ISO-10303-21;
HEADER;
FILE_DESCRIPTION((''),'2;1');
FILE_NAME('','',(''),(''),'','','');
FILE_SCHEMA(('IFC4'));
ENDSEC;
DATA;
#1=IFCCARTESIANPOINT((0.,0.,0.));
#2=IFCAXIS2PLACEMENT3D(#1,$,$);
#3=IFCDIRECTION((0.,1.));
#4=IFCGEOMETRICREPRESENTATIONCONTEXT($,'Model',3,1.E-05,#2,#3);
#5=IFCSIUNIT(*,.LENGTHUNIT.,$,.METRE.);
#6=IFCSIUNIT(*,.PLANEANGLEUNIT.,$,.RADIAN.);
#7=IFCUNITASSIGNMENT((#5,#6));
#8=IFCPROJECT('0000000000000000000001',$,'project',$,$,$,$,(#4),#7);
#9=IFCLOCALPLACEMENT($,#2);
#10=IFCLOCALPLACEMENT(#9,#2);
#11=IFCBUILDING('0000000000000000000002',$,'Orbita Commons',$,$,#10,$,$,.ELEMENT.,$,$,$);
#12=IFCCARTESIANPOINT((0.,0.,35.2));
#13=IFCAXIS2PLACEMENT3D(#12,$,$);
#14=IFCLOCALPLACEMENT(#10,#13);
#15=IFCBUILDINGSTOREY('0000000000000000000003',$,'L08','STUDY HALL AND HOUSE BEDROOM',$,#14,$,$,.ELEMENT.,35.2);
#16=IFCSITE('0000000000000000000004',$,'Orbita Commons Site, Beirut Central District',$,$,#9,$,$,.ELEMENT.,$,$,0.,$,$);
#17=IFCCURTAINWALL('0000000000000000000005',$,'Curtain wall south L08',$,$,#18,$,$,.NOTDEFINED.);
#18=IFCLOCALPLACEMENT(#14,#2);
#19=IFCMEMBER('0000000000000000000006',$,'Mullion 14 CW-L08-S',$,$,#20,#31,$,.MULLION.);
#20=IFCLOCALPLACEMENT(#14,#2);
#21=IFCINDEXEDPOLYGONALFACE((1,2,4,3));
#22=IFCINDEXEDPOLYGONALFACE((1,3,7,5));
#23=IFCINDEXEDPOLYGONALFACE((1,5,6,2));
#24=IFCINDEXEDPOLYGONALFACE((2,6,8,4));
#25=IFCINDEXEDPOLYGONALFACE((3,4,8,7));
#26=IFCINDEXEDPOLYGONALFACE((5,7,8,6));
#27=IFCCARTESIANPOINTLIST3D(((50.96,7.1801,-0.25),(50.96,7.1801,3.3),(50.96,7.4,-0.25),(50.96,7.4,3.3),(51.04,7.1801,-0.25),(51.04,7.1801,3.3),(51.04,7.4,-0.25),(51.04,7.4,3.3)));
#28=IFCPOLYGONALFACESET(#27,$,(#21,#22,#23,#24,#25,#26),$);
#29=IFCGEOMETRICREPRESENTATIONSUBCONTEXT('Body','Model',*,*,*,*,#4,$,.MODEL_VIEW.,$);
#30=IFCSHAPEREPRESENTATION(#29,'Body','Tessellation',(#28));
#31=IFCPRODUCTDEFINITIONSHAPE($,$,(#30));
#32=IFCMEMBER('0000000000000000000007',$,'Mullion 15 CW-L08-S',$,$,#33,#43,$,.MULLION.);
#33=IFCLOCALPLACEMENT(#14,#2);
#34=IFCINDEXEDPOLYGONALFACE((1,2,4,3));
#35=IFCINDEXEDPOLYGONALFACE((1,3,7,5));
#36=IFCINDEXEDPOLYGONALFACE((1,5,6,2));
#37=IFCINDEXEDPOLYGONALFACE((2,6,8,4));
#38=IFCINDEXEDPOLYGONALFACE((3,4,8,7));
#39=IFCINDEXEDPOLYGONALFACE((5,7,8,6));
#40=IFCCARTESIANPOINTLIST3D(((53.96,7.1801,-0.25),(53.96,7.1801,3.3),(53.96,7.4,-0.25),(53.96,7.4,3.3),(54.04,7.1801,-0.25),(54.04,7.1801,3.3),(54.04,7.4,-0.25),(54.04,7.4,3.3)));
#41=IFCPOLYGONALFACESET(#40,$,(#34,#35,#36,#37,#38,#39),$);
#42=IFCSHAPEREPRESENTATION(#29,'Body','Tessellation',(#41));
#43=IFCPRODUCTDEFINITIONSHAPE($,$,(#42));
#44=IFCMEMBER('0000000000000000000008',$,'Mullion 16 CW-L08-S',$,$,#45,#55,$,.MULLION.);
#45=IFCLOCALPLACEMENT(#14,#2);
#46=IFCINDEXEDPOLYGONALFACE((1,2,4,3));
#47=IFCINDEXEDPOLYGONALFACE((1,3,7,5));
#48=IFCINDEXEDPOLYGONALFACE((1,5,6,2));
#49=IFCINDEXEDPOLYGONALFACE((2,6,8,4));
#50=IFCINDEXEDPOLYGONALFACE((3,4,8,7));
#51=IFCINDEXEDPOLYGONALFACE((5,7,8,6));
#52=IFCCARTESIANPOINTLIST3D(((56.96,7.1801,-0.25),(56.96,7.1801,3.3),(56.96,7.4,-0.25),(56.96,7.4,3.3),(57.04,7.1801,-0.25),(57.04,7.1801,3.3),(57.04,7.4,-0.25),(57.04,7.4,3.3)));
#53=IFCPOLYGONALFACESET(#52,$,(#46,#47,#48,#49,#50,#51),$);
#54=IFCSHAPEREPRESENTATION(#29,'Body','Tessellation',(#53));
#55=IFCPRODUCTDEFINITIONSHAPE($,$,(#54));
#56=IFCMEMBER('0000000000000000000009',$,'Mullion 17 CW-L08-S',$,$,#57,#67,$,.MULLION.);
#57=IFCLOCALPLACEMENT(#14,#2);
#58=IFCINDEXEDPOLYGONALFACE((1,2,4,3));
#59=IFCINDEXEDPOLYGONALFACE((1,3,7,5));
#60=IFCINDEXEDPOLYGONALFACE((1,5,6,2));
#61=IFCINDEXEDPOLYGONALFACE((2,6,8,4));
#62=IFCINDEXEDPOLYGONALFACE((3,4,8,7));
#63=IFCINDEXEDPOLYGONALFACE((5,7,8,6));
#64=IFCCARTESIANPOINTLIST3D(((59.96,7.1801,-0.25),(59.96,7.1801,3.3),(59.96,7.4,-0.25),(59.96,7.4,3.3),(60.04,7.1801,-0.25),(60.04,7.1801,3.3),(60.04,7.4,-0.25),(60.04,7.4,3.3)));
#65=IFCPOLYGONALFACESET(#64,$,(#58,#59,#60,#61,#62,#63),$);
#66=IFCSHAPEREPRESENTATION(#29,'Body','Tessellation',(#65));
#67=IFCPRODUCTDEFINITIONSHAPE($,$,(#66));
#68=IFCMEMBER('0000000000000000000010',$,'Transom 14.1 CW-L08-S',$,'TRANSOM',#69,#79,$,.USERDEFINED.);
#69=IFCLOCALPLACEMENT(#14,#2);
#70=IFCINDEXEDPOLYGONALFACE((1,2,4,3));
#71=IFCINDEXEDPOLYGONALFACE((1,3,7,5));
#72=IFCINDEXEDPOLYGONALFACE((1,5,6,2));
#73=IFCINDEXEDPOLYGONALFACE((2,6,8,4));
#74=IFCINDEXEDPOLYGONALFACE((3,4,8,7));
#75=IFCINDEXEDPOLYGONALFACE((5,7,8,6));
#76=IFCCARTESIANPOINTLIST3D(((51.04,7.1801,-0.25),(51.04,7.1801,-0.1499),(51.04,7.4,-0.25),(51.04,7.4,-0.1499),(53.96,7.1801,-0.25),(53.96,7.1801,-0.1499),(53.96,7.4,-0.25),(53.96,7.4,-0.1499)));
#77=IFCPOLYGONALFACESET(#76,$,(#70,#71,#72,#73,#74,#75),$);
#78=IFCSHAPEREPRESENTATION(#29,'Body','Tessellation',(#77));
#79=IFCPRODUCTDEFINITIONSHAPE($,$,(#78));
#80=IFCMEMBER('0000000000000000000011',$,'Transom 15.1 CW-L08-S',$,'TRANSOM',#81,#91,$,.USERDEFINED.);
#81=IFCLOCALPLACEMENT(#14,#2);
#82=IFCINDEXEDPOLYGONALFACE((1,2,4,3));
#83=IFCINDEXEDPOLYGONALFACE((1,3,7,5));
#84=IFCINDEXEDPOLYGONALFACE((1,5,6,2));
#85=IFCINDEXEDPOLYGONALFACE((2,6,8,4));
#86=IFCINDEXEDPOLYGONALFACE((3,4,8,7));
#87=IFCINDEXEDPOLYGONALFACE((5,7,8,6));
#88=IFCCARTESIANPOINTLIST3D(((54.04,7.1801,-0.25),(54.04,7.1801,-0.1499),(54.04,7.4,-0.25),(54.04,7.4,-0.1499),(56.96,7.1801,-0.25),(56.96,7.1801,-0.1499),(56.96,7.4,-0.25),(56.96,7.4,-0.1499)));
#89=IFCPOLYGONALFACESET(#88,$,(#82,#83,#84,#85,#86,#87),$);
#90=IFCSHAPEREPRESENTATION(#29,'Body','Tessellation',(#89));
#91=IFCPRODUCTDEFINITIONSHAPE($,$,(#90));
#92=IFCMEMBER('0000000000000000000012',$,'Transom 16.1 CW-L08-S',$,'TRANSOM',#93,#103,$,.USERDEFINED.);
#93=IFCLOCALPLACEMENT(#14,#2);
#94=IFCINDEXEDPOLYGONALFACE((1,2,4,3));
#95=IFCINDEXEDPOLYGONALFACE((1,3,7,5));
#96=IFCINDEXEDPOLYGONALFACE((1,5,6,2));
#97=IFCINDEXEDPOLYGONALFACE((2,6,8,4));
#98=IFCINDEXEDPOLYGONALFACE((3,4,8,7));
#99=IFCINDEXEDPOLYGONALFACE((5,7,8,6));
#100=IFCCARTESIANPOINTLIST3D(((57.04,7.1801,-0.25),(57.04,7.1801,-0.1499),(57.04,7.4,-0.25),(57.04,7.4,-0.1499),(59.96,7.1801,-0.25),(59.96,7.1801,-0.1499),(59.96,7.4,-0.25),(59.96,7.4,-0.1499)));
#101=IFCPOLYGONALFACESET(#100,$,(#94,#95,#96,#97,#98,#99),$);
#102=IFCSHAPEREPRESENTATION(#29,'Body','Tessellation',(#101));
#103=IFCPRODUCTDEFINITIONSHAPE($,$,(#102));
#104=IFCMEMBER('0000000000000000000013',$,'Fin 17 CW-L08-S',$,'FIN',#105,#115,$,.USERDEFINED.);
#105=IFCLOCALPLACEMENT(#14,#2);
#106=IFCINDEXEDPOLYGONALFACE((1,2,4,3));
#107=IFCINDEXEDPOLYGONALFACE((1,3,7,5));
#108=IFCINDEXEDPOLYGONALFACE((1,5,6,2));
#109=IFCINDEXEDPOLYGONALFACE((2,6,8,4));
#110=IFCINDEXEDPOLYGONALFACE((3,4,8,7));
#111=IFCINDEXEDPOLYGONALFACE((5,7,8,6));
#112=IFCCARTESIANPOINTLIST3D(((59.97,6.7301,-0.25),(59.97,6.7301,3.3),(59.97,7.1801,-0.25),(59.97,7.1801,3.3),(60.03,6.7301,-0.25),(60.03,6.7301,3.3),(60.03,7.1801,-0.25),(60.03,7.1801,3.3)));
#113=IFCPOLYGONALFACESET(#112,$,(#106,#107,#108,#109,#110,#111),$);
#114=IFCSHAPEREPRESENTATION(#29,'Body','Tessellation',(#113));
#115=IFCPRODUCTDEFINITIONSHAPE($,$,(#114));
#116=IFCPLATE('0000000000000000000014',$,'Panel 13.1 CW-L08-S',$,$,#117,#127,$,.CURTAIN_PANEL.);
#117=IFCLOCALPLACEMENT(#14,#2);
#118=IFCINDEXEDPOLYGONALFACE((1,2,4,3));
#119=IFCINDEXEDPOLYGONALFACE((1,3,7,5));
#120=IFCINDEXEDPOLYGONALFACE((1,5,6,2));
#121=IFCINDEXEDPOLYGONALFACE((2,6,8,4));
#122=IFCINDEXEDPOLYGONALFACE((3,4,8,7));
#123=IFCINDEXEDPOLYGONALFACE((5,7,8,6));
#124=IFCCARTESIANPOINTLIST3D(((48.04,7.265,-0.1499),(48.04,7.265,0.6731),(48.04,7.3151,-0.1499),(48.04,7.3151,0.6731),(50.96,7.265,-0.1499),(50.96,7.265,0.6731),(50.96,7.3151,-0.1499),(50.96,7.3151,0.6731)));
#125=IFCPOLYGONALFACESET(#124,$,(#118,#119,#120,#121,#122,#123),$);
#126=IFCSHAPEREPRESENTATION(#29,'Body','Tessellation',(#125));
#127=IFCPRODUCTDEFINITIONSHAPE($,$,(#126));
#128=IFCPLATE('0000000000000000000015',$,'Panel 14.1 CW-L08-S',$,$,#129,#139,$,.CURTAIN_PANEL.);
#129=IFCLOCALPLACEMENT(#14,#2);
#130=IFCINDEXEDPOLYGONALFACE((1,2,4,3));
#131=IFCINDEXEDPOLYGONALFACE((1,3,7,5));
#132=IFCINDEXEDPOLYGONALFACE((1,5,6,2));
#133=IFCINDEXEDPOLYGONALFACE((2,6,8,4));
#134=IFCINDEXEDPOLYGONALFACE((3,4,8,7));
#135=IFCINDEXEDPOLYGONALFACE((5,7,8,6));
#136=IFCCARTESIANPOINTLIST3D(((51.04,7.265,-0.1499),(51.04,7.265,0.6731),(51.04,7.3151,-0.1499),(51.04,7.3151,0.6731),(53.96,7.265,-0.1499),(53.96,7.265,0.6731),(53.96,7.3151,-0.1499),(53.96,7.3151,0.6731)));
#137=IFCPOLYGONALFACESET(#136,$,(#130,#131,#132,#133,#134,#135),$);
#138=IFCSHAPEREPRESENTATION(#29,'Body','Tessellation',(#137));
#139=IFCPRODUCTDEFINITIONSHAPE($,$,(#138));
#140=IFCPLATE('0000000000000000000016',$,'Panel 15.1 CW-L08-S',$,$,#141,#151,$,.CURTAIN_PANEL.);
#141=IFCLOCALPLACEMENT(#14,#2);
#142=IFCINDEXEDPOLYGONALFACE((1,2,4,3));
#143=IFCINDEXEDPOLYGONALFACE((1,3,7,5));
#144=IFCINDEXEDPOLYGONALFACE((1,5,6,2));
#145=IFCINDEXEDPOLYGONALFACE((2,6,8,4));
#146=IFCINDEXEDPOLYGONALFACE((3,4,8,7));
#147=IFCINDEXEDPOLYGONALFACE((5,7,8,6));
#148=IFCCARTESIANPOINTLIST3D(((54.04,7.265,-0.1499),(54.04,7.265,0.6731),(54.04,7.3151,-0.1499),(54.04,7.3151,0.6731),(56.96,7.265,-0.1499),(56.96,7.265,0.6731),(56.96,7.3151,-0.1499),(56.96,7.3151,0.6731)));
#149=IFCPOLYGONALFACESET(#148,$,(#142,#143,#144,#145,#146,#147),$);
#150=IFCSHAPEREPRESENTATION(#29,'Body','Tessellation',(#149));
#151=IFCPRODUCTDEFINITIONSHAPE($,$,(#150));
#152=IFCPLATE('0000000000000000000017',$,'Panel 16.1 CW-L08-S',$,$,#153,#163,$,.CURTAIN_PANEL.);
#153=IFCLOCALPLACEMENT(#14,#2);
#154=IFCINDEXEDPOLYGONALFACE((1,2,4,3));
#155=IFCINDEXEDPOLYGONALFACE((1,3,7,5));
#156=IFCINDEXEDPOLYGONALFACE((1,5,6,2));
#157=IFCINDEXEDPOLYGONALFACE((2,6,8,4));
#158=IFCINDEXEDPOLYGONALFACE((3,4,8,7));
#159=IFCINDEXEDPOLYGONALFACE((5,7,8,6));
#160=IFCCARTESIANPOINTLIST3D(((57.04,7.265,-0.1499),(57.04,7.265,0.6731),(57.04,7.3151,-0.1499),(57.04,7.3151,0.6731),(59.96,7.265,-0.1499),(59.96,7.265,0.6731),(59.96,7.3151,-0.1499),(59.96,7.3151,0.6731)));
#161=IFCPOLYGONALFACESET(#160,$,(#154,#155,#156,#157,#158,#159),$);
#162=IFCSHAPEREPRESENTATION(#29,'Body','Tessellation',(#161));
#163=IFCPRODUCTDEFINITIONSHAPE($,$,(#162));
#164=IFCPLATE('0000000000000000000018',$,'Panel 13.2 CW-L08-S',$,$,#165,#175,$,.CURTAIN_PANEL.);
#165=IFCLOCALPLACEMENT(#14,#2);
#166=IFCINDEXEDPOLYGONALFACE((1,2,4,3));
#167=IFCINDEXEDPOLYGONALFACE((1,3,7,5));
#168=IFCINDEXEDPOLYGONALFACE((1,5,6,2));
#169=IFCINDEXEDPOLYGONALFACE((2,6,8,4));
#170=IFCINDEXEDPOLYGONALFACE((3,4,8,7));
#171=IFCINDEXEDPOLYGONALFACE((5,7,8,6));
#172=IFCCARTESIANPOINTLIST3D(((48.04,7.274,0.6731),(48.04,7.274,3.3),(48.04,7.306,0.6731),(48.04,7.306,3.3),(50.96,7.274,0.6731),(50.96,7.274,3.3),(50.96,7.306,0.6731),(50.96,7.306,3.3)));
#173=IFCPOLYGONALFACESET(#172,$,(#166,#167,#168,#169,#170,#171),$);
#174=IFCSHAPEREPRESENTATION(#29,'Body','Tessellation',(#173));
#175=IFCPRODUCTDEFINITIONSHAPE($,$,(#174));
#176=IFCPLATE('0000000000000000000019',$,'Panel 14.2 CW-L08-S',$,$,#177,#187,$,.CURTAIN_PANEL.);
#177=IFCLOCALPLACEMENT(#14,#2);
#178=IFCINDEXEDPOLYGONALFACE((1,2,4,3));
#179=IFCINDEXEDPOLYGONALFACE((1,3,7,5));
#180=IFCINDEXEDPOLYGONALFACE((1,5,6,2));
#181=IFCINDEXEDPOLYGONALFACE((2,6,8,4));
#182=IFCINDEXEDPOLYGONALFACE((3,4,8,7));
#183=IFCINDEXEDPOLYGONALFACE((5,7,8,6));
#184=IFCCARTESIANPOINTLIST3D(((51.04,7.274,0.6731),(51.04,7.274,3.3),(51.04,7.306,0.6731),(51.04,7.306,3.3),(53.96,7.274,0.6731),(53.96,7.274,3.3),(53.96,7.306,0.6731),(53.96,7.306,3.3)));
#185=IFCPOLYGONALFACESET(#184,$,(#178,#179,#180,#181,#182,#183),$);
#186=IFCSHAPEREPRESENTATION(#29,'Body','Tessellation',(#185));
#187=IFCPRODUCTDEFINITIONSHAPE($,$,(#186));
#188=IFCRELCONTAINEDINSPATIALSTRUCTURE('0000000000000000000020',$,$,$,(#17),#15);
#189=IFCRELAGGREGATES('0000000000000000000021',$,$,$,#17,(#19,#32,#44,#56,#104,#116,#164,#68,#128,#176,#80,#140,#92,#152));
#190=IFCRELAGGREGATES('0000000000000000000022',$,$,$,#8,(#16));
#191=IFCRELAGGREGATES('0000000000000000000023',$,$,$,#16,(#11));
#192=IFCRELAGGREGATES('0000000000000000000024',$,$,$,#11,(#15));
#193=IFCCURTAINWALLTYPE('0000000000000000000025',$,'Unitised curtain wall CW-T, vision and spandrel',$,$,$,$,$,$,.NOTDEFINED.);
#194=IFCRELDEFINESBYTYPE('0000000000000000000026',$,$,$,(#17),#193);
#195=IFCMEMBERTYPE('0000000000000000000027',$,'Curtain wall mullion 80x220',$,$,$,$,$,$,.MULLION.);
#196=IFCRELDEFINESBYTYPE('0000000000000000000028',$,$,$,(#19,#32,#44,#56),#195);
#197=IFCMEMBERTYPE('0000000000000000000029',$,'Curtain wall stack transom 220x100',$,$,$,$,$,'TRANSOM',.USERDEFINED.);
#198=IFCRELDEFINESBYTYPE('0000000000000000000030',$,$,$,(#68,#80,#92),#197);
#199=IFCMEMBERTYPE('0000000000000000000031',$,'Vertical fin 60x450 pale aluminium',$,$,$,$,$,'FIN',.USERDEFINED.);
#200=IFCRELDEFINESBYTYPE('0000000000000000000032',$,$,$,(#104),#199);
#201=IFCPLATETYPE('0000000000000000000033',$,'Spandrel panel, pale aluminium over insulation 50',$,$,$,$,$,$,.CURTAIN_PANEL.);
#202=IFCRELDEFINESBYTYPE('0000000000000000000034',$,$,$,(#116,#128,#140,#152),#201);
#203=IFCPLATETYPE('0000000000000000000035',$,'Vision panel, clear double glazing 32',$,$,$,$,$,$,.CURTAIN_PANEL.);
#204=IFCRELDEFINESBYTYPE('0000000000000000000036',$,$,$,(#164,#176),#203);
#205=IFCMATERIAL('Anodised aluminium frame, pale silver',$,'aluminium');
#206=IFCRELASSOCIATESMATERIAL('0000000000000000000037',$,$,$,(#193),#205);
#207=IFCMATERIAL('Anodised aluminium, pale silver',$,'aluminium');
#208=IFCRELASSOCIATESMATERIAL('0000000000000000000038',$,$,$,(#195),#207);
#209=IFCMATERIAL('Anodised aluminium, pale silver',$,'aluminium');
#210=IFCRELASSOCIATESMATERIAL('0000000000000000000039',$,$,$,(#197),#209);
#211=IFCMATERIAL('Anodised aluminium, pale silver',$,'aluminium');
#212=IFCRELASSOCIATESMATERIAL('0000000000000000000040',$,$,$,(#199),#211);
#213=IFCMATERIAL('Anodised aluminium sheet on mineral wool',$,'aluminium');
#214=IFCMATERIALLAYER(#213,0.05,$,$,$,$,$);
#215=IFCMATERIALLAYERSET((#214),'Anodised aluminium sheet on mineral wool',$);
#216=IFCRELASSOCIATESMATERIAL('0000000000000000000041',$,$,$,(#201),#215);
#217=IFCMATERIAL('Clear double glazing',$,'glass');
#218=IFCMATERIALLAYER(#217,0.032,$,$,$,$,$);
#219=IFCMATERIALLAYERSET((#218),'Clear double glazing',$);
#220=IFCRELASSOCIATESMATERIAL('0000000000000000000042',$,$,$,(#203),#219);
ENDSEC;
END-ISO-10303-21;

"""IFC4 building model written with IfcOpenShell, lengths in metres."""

from ifc_helpers import new_model, si_unit, direction, frame, origin, origin_2d, place, context, subcontext, project, spatial, rectangle, extrude, material, layer, layer_set, material_profile, profile_set, type_object, element, aggregate, save


model = new_model("IFC4")

# Units and contexts
model_context = context("Model", 3, precision=1e-05, world=origin(), true_north=direction((0.0, 1.0)))
body_context = subcontext(model_context, "Body", "Model", "MODEL_VIEW")
ifc_project = project(units=[si_unit("LENGTHUNIT", "METRE"), si_unit("PLANEANGLEUNIT", "RADIAN")], contexts=[model_context])

# Site, building, storey
site_placement = place(None, origin())
site = spatial("IfcSite", under=ifc_project, at=site_placement, Name="Orbita Commons Site, Beirut Central District", CompositionType="ELEMENT", RefElevation=0.0)
building_placement = place(site_placement, origin())
building = spatial("IfcBuilding", under=site, at=building_placement, Name="Orbita Commons", CompositionType="ELEMENT")
storey_placement = place(building_placement, frame((0.0, 0.0, 35.2)))
storey = spatial("IfcBuildingStorey", under=building, at=storey_placement, Name="L08", Description="STUDY HALL AND HOUSE BEDROOM", CompositionType="ELEMENT", Elevation=35.2)

# Curtain wall, members, plates
ifc_material_1 = material(Name="Anodised aluminium frame, pale silver", Category="aluminium")
curtain_wall_type = type_object("IfcCurtainWallType", Name="Unitised curtain wall CW-T, vision and spandrel", PredefinedType="NOTDEFINED", material=ifc_material_1)
curtain_wall_placement = place(storey_placement, origin())
curtain_wall = element("IfcCurtainWall", 1, at=curtain_wall_placement, inside=storey, type_object=curtain_wall_type, Name="Curtain wall south L08", PredefinedType="NOTDEFINED")
ifc_material_2 = material(Name="Anodised aluminium, pale silver", Category="aluminium")
ifc_material_profile_1 = material_profile(ifc_material_2, rectangle(XDim=0.0801, YDim=0.22, at=origin_2d()), Name="AL 80x220")
ifc_profile_set_1 = profile_set([ifc_material_profile_1], Name="Anodised aluminium, pale silver")
member_type_1 = type_object("IfcMemberType", Name="Curtain wall mullion 80x220", PredefinedType="MULLION", material=ifc_profile_set_1)
member_1_placement = place(storey_placement, frame((51.0, 7.29, -0.25), z_axis=(0.0, 0.0, 1.0), x_axis=(1.0, 0.0, 0.0)))
member_1 = element("IfcMember", 2, at=member_1_placement, type_object=member_type_1, Name="Mullion 14 CW-L08-S", PredefinedType="MULLION", context=body_context, shape_type="SweptSolid", body=[
    extrude(rectangle(XDim=0.0801, YDim=0.22, at=origin_2d()), origin(), (0.0, 0.0, 1.0), 3.55),
])
member_2_placement = place(storey_placement, frame((54.0, 7.29, -0.25), z_axis=(0.0, 0.0, 1.0), x_axis=(1.0, 0.0, 0.0)))
member_2 = element("IfcMember", 3, at=member_2_placement, type_object=member_type_1, Name="Mullion 15 CW-L08-S", PredefinedType="MULLION", context=body_context, shape_type="SweptSolid", body=[
    extrude(rectangle(XDim=0.0801, YDim=0.22, at=origin_2d()), origin(), (0.0, 0.0, 1.0), 3.55),
])
member_3_placement = place(storey_placement, frame((57.0, 7.29, -0.25), z_axis=(0.0, 0.0, 1.0), x_axis=(1.0, 0.0, 0.0)))
member_3 = element("IfcMember", 4, at=member_3_placement, type_object=member_type_1, Name="Mullion 16 CW-L08-S", PredefinedType="MULLION", context=body_context, shape_type="SweptSolid", body=[
    extrude(rectangle(XDim=0.0801, YDim=0.22, at=origin_2d()), origin(), (0.0, 0.0, 1.0), 3.55),
])
member_4_placement = place(storey_placement, frame((60.0, 7.29, -0.25), z_axis=(0.0, 0.0, 1.0), x_axis=(1.0, 0.0, 0.0)))
member_4 = element("IfcMember", 5, at=member_4_placement, type_object=member_type_1, Name="Mullion 17 CW-L08-S", PredefinedType="MULLION", context=body_context, shape_type="SweptSolid", body=[
    extrude(rectangle(XDim=0.0801, YDim=0.22, at=origin_2d()), origin(), (0.0, 0.0, 1.0), 3.55),
])
ifc_material_3 = material(Name="Anodised aluminium, pale silver", Category="aluminium")
ifc_material_profile_2 = material_profile(ifc_material_3, rectangle(XDim=0.22, YDim=0.1001, at=origin_2d()), Name="AL 220x100")
ifc_profile_set_2 = profile_set([ifc_material_profile_2], Name="Anodised aluminium, pale silver")
member_type_2 = type_object("IfcMemberType", Name="Curtain wall stack transom 220x100", ElementType="TRANSOM", PredefinedType="USERDEFINED", material=ifc_profile_set_2)
member_5_placement = place(storey_placement, frame((51.04, 7.29, -0.2), z_axis=(1.0, 0.0, 0.0), x_axis=(0.0, 1.0, 0.0)))
member_5 = element("IfcMember", 6, at=member_5_placement, type_object=member_type_2, Name="Transom 14.1 CW-L08-S", ObjectType="TRANSOM", PredefinedType="USERDEFINED", context=body_context, shape_type="SweptSolid", body=[
    extrude(rectangle(XDim=0.22, YDim=0.1001, at=origin_2d()), origin(), (0.0, 0.0, 1.0), 2.9199),
])
member_6_placement = place(storey_placement, frame((54.04, 7.29, -0.2), z_axis=(1.0, 0.0, 0.0), x_axis=(0.0, 1.0, 0.0)))
member_6 = element("IfcMember", 7, at=member_6_placement, type_object=member_type_2, Name="Transom 15.1 CW-L08-S", ObjectType="TRANSOM", PredefinedType="USERDEFINED", context=body_context, shape_type="SweptSolid", body=[
    extrude(rectangle(XDim=0.22, YDim=0.1001, at=origin_2d()), origin(), (0.0, 0.0, 1.0), 2.9199),
])
member_7_placement = place(storey_placement, frame((57.04, 7.29, -0.2), z_axis=(1.0, 0.0, 0.0), x_axis=(0.0, 1.0, 0.0)))
member_7 = element("IfcMember", 8, at=member_7_placement, type_object=member_type_2, Name="Transom 16.1 CW-L08-S", ObjectType="TRANSOM", PredefinedType="USERDEFINED", context=body_context, shape_type="SweptSolid", body=[
    extrude(rectangle(XDim=0.22, YDim=0.1001, at=origin_2d()), origin(), (0.0, 0.0, 1.0), 2.9199),
])
ifc_material_4 = material(Name="Anodised aluminium, pale silver", Category="aluminium")
ifc_material_profile_3 = material_profile(ifc_material_4, rectangle(XDim=0.0601, YDim=0.45, at=origin_2d()), Name="FIN 60x450")
ifc_profile_set_3 = profile_set([ifc_material_profile_3], Name="Anodised aluminium, pale silver")
member_type_3 = type_object("IfcMemberType", Name="Vertical fin 60x450 pale aluminium", ElementType="FIN", PredefinedType="USERDEFINED", material=ifc_profile_set_3)
member_8_placement = place(storey_placement, frame((60.0, 6.9551, -0.25), z_axis=(0.0, 0.0, 1.0), x_axis=(1.0, 0.0, 0.0)))
member_8 = element("IfcMember", 9, at=member_8_placement, type_object=member_type_3, Name="Fin 17 CW-L08-S", ObjectType="FIN", PredefinedType="USERDEFINED", context=body_context, shape_type="SweptSolid", body=[
    extrude(rectangle(XDim=0.0601, YDim=0.45, at=origin_2d()), origin(), (0.0, 0.0, 1.0), 3.55),
])
ifc_material_5 = material(Name="Anodised aluminium sheet on mineral wool", Category="aluminium")
ifc_layer_1 = layer(ifc_material_5, 0.05)
ifc_layer_set_1 = layer_set([ifc_layer_1], Name="Anodised aluminium sheet on mineral wool")
plate_type_1 = type_object("IfcPlateType", Name="Spandrel panel, pale aluminium over insulation 50", PredefinedType="CURTAIN_PANEL", material=ifc_layer_set_1)
plate_1_placement = place(storey_placement, frame((49.5, 7.29, -0.1499), z_axis=(0.0, 0.0, 1.0), x_axis=(1.0, 0.0, 0.0)))
plate_1 = element("IfcPlate", 10, at=plate_1_placement, type_object=plate_type_1, Name="Panel 13.1 CW-L08-S", PredefinedType="CURTAIN_PANEL", context=body_context, shape_type="SweptSolid", body=[
    extrude(rectangle(XDim=2.9199, YDim=0.05, at=origin_2d()), origin(), (0.0, 0.0, 1.0), 0.823),
])
plate_2_placement = place(storey_placement, frame((52.5, 7.29, -0.1499), z_axis=(0.0, 0.0, 1.0), x_axis=(1.0, 0.0, 0.0)))
plate_2 = element("IfcPlate", 11, at=plate_2_placement, type_object=plate_type_1, Name="Panel 14.1 CW-L08-S", PredefinedType="CURTAIN_PANEL", context=body_context, shape_type="SweptSolid", body=[
    extrude(rectangle(XDim=2.9199, YDim=0.05, at=origin_2d()), origin(), (0.0, 0.0, 1.0), 0.823),
])
plate_3_placement = place(storey_placement, frame((55.5, 7.29, -0.1499), z_axis=(0.0, 0.0, 1.0), x_axis=(1.0, 0.0, 0.0)))
plate_3 = element("IfcPlate", 12, at=plate_3_placement, type_object=plate_type_1, Name="Panel 15.1 CW-L08-S", PredefinedType="CURTAIN_PANEL", context=body_context, shape_type="SweptSolid", body=[
    extrude(rectangle(XDim=2.9199, YDim=0.05, at=origin_2d()), origin(), (0.0, 0.0, 1.0), 0.823),
])
plate_4_placement = place(storey_placement, frame((58.5, 7.29, -0.1499), z_axis=(0.0, 0.0, 1.0), x_axis=(1.0, 0.0, 0.0)))
plate_4 = element("IfcPlate", 13, at=plate_4_placement, type_object=plate_type_1, Name="Panel 16.1 CW-L08-S", PredefinedType="CURTAIN_PANEL", context=body_context, shape_type="SweptSolid", body=[
    extrude(rectangle(XDim=2.9199, YDim=0.05, at=origin_2d()), origin(), (0.0, 0.0, 1.0), 0.823),
])
ifc_material_6 = material(Name="Clear double glazing", Category="glass")
ifc_layer_2 = layer(ifc_material_6, 0.032)
ifc_layer_set_2 = layer_set([ifc_layer_2], Name="Clear double glazing")
plate_type_2 = type_object("IfcPlateType", Name="Vision panel, clear double glazing 32", PredefinedType="CURTAIN_PANEL", material=ifc_layer_set_2)
plate_5_placement = place(storey_placement, frame((49.5, 7.29, 0.6731), z_axis=(0.0, 0.0, 1.0), x_axis=(1.0, 0.0, 0.0)))
plate_5 = element("IfcPlate", 14, at=plate_5_placement, type_object=plate_type_2, Name="Panel 13.2 CW-L08-S", PredefinedType="CURTAIN_PANEL", context=body_context, shape_type="SweptSolid", body=[
    extrude(rectangle(XDim=2.9199, YDim=0.032, at=origin_2d()), origin(), (0.0, 0.0, 1.0), 2.627),
])
plate_6_placement = place(storey_placement, frame((52.5, 7.29, 0.6731), z_axis=(0.0, 0.0, 1.0), x_axis=(1.0, 0.0, 0.0)))
plate_6 = element("IfcPlate", 15, at=plate_6_placement, type_object=plate_type_2, Name="Panel 14.2 CW-L08-S", PredefinedType="CURTAIN_PANEL", context=body_context, shape_type="SweptSolid", body=[
    extrude(rectangle(XDim=2.9199, YDim=0.032, at=origin_2d()), origin(), (0.0, 0.0, 1.0), 2.627),
])
aggregate(curtain_wall, [member_1, member_2, member_3, member_4, member_8, plate_1, plate_5, member_5, plate_2, plate_6, member_6, plate_3, member_7, plate_4])

save(model, "model.ifc")
